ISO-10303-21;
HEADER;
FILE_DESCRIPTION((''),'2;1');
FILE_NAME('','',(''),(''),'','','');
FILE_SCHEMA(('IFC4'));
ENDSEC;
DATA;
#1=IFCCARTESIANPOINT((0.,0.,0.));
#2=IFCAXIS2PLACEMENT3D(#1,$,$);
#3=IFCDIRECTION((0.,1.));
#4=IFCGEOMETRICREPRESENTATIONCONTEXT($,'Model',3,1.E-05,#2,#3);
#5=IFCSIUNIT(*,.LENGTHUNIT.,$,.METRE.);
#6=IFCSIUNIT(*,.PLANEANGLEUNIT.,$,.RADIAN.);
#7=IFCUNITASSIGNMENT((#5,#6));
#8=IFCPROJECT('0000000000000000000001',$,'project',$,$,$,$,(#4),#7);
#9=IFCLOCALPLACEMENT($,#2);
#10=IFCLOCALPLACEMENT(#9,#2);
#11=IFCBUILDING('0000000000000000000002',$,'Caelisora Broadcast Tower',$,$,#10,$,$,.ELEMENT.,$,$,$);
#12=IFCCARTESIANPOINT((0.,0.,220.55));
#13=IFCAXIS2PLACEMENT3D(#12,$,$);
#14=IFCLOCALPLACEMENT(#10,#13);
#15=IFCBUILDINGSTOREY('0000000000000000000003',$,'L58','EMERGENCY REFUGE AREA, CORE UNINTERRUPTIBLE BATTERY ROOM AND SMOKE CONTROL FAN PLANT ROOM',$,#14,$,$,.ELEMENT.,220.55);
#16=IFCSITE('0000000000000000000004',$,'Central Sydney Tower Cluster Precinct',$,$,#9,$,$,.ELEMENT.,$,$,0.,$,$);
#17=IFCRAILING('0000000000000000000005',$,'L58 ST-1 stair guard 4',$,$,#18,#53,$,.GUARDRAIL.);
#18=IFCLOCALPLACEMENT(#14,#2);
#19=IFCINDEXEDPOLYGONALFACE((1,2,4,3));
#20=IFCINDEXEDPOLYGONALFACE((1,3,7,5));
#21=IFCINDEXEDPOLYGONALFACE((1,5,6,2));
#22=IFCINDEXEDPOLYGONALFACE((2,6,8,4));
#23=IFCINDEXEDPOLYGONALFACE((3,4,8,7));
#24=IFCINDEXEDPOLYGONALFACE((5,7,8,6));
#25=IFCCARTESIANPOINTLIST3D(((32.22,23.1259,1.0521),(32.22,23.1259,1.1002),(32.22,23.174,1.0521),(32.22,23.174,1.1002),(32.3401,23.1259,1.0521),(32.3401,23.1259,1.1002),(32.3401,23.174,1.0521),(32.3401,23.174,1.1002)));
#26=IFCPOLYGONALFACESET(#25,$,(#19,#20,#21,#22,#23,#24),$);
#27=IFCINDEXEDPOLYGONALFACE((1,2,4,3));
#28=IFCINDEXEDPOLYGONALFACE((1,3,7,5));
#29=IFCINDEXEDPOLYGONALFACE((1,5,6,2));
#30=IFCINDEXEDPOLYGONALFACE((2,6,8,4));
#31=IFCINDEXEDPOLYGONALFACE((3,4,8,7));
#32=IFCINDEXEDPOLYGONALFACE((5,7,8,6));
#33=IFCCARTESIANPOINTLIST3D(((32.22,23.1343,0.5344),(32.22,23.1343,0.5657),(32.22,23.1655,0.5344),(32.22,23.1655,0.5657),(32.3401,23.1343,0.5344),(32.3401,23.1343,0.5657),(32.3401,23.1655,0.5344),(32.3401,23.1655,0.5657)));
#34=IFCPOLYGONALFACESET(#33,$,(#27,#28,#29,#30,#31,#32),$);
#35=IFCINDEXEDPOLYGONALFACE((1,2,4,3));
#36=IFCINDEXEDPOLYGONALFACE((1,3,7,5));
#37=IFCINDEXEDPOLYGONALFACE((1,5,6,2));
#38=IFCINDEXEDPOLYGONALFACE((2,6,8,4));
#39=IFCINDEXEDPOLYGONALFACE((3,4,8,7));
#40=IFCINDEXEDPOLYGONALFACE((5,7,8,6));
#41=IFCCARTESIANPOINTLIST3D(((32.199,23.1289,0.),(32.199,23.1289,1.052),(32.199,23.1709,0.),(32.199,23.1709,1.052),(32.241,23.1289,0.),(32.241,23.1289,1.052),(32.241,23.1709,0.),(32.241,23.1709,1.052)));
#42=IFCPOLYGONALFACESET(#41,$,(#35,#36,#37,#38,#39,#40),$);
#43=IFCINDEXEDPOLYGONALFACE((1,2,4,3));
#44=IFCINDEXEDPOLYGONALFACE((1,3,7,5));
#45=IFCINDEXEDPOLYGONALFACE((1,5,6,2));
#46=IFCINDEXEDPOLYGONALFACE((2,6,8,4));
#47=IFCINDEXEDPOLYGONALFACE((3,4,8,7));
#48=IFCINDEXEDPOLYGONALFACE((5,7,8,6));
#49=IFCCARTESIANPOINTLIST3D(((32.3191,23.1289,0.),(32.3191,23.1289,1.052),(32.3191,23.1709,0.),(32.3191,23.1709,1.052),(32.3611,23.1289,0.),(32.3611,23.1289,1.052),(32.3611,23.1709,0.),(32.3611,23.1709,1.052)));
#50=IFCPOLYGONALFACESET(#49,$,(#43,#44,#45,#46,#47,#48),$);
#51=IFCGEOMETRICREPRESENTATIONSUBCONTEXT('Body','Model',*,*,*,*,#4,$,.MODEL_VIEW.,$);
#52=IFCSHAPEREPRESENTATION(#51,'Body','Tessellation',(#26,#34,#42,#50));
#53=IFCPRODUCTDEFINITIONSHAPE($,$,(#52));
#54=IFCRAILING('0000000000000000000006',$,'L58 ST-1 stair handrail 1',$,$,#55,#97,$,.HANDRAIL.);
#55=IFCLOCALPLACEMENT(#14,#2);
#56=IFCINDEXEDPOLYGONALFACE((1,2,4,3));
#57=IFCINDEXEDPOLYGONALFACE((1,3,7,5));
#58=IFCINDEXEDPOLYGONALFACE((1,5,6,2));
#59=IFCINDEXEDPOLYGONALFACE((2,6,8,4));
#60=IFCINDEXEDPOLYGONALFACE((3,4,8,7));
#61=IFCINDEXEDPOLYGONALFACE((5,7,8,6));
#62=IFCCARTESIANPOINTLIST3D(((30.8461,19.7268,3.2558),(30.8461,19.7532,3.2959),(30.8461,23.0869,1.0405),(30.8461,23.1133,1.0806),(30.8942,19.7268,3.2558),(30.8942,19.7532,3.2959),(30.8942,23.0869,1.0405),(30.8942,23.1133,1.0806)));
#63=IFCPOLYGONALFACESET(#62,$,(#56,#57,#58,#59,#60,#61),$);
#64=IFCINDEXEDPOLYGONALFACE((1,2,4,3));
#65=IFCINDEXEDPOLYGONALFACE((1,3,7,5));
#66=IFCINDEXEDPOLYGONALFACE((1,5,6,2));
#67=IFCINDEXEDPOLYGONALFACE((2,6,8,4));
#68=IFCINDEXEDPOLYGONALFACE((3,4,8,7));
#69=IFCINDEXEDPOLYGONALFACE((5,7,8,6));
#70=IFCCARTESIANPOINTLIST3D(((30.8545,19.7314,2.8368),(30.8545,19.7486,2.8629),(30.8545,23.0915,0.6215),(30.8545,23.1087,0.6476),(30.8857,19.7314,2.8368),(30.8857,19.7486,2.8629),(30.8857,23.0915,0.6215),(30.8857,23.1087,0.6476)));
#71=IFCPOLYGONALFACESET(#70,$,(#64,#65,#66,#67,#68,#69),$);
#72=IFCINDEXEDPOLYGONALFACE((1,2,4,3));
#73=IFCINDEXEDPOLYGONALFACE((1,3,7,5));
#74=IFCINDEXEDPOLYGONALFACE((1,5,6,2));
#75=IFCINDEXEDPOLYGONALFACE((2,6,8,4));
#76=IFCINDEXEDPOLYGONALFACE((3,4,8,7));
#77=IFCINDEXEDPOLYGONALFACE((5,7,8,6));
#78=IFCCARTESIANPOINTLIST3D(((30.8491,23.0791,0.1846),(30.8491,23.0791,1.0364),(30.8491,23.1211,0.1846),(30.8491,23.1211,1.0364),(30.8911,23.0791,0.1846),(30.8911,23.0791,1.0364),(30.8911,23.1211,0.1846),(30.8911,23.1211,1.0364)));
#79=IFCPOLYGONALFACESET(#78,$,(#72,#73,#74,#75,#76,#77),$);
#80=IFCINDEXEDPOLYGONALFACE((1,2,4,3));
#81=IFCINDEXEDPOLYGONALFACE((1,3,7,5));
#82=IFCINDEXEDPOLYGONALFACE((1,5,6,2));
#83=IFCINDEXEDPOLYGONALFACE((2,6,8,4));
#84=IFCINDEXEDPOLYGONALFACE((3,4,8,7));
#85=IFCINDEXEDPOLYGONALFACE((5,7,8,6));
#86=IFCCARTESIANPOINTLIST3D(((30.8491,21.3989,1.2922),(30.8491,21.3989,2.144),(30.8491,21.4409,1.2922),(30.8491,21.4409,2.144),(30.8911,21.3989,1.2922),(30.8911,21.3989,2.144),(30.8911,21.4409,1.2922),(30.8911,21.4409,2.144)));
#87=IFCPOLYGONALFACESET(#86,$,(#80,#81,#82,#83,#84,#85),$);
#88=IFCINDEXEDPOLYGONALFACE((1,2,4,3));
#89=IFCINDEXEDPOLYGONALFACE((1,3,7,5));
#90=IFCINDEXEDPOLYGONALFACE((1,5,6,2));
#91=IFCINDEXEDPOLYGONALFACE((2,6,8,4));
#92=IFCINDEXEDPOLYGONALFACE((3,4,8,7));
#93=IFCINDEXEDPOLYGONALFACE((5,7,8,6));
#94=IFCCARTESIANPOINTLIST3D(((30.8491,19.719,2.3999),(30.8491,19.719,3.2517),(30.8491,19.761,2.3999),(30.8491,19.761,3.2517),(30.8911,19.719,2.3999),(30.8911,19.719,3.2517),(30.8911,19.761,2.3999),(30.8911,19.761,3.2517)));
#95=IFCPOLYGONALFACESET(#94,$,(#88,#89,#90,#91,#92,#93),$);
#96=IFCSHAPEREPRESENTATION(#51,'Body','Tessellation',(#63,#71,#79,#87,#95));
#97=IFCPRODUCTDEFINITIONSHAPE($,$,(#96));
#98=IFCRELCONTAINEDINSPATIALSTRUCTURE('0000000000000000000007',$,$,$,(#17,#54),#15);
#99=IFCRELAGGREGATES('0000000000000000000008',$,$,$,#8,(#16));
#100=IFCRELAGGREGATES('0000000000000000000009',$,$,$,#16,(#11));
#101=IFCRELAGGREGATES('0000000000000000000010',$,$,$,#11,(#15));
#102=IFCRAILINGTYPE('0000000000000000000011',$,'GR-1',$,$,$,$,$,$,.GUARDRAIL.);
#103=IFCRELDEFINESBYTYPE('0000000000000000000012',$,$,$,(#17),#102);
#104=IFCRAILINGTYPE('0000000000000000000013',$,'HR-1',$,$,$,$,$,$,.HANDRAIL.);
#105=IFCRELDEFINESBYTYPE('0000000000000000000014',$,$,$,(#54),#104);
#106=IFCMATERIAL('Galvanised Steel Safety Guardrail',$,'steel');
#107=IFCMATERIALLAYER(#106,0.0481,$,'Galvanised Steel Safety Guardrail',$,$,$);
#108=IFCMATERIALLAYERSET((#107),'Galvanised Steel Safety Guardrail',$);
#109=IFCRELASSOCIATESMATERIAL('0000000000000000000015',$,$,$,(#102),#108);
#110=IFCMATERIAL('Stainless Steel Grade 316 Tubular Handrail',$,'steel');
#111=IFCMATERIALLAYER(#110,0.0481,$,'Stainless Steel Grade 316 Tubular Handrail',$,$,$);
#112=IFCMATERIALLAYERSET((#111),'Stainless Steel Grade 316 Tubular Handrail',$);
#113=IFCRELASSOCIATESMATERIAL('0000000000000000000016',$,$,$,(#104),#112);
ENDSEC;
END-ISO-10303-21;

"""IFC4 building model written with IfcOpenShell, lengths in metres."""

from ifc_helpers import new_model, si_unit, direction, frame, origin, origin_2d, place, context, subcontext, project, spatial, rectangle, extrude, material, layer, layer_set, type_object, element, save


model = new_model("IFC4")

# Units and contexts
model_context = context("Model", 3, precision=1e-05, world=origin(), true_north=direction((0.0, 1.0)))
body_context = subcontext(model_context, "Body", "Model", "MODEL_VIEW")
ifc_project = project(units=[si_unit("LENGTHUNIT", "METRE"), si_unit("PLANEANGLEUNIT", "RADIAN")], contexts=[model_context])

# Site, building, storey
site_placement = place(None, origin())
site = spatial("IfcSite", under=ifc_project, at=site_placement, Name="Central Sydney Tower Cluster Precinct", CompositionType="ELEMENT", RefElevation=0.0)
building_placement = place(site_placement, origin())
building = spatial("IfcBuilding", under=site, at=building_placement, Name="Caelisora Broadcast Tower", CompositionType="ELEMENT")
storey_placement = place(building_placement, frame((0.0, 0.0, 220.55)))
storey = spatial("IfcBuildingStorey", under=building, at=storey_placement, Name="L58", Description="EMERGENCY REFUGE AREA, CORE UNINTERRUPTIBLE BATTERY ROOM AND SMOKE CONTROL FAN PLANT ROOM", CompositionType="ELEMENT", Elevation=220.55)

# Railings
ifc_material_1 = material(Name="Galvanised Steel Safety Guardrail", Category="steel")
ifc_layer_1 = layer(ifc_material_1, 0.0481, Name="Galvanised Steel Safety Guardrail")
ifc_layer_set_1 = layer_set([ifc_layer_1], Name="Galvanised Steel Safety Guardrail")
railing_type_1 = type_object("IfcRailingType", Name="GR-1", PredefinedType="GUARDRAIL", material=ifc_layer_set_1)
railing_1_placement = place(storey_placement, frame((32.22, 23.1499, 0.0)))
element("IfcRailing", 1, at=railing_1_placement, inside=storey, type_object=railing_type_1, Name="L58 ST-1 stair guard 4", PredefinedType="GUARDRAIL", context=body_context, shape_type="SweptSolid", body=[
    extrude(rectangle(XDim=0.0481, YDim=0.0481, at=origin_2d()), frame((0.0, 0.0, 1.0762), z_axis=(1.0, 0.0, 0.0), x_axis=(0.0, 1.0, 0.0)), (0.0, 0.0, 1.0), 0.1201),
    extrude(rectangle(XDim=0.0312, YDim=0.0312, at=origin_2d()), frame((0.0, 0.0, 0.55), z_axis=(1.0, 0.0, 0.0), x_axis=(0.0, 1.0, 0.0)), (0.0, 0.0, 1.0), 0.1201),
    extrude(rectangle(XDim=0.042, YDim=0.042, at=origin_2d()), origin(), (0.0, 0.0, 1.0), 1.052),
    extrude(rectangle(XDim=0.042, YDim=0.042, at=origin_2d()), frame((0.1201, 0.0, 0.0)), (0.0, 0.0, 1.0), 1.052),
])
ifc_material_2 = material(Name="Stainless Steel Grade 316 Tubular Handrail", Category="steel")
ifc_layer_2 = layer(ifc_material_2, 0.0481, Name="Stainless Steel Grade 316 Tubular Handrail")
ifc_layer_set_2 = layer_set([ifc_layer_2], Name="Stainless Steel Grade 316 Tubular Handrail")
railing_type_2 = type_object("IfcRailingType", Name="HR-1", PredefinedType="HANDRAIL", material=ifc_layer_set_2)
railing_2_placement = place(storey_placement, frame((30.8701, 23.1001, 0.1846)))
element("IfcRailing", 2, at=railing_2_placement, inside=storey, type_object=railing_type_2, Name="L58 ST-1 stair handrail 1", PredefinedType="HANDRAIL", context=body_context, shape_type="SweptSolid", body=[
    extrude(rectangle(XDim=0.0481, YDim=0.0481, at=origin_2d()), frame((0.0, 0.0, 0.876), z_axis=(0.0, -0.834876, 0.550437), x_axis=(1.0, 0.0, 0.0)), (0.0, 0.0, 1.0), 4.0247),
    extrude(rectangle(XDim=0.0312, YDim=0.0312, at=origin_2d()), frame((0.0, 0.0, 0.45), z_axis=(0.0, -0.834876, 0.550437), x_axis=(1.0, 0.0, 0.0)), (0.0, 0.0, 1.0), 4.0247),
    extrude(rectangle(XDim=0.042, YDim=0.042, at=origin_2d()), origin(), (0.0, 0.0, 1.0), 0.8518),
    extrude(rectangle(XDim=0.042, YDim=0.042, at=origin_2d()), frame((0.0, -1.6802, 1.1077)), (0.0, 0.0, 1.0), 0.8518),
    extrude(rectangle(XDim=0.042, YDim=0.042, at=origin_2d()), frame((0.0, -3.3601, 2.2153)), (0.0, 0.0, 1.0), 0.8518),
])

save(model, "model.ifc")
